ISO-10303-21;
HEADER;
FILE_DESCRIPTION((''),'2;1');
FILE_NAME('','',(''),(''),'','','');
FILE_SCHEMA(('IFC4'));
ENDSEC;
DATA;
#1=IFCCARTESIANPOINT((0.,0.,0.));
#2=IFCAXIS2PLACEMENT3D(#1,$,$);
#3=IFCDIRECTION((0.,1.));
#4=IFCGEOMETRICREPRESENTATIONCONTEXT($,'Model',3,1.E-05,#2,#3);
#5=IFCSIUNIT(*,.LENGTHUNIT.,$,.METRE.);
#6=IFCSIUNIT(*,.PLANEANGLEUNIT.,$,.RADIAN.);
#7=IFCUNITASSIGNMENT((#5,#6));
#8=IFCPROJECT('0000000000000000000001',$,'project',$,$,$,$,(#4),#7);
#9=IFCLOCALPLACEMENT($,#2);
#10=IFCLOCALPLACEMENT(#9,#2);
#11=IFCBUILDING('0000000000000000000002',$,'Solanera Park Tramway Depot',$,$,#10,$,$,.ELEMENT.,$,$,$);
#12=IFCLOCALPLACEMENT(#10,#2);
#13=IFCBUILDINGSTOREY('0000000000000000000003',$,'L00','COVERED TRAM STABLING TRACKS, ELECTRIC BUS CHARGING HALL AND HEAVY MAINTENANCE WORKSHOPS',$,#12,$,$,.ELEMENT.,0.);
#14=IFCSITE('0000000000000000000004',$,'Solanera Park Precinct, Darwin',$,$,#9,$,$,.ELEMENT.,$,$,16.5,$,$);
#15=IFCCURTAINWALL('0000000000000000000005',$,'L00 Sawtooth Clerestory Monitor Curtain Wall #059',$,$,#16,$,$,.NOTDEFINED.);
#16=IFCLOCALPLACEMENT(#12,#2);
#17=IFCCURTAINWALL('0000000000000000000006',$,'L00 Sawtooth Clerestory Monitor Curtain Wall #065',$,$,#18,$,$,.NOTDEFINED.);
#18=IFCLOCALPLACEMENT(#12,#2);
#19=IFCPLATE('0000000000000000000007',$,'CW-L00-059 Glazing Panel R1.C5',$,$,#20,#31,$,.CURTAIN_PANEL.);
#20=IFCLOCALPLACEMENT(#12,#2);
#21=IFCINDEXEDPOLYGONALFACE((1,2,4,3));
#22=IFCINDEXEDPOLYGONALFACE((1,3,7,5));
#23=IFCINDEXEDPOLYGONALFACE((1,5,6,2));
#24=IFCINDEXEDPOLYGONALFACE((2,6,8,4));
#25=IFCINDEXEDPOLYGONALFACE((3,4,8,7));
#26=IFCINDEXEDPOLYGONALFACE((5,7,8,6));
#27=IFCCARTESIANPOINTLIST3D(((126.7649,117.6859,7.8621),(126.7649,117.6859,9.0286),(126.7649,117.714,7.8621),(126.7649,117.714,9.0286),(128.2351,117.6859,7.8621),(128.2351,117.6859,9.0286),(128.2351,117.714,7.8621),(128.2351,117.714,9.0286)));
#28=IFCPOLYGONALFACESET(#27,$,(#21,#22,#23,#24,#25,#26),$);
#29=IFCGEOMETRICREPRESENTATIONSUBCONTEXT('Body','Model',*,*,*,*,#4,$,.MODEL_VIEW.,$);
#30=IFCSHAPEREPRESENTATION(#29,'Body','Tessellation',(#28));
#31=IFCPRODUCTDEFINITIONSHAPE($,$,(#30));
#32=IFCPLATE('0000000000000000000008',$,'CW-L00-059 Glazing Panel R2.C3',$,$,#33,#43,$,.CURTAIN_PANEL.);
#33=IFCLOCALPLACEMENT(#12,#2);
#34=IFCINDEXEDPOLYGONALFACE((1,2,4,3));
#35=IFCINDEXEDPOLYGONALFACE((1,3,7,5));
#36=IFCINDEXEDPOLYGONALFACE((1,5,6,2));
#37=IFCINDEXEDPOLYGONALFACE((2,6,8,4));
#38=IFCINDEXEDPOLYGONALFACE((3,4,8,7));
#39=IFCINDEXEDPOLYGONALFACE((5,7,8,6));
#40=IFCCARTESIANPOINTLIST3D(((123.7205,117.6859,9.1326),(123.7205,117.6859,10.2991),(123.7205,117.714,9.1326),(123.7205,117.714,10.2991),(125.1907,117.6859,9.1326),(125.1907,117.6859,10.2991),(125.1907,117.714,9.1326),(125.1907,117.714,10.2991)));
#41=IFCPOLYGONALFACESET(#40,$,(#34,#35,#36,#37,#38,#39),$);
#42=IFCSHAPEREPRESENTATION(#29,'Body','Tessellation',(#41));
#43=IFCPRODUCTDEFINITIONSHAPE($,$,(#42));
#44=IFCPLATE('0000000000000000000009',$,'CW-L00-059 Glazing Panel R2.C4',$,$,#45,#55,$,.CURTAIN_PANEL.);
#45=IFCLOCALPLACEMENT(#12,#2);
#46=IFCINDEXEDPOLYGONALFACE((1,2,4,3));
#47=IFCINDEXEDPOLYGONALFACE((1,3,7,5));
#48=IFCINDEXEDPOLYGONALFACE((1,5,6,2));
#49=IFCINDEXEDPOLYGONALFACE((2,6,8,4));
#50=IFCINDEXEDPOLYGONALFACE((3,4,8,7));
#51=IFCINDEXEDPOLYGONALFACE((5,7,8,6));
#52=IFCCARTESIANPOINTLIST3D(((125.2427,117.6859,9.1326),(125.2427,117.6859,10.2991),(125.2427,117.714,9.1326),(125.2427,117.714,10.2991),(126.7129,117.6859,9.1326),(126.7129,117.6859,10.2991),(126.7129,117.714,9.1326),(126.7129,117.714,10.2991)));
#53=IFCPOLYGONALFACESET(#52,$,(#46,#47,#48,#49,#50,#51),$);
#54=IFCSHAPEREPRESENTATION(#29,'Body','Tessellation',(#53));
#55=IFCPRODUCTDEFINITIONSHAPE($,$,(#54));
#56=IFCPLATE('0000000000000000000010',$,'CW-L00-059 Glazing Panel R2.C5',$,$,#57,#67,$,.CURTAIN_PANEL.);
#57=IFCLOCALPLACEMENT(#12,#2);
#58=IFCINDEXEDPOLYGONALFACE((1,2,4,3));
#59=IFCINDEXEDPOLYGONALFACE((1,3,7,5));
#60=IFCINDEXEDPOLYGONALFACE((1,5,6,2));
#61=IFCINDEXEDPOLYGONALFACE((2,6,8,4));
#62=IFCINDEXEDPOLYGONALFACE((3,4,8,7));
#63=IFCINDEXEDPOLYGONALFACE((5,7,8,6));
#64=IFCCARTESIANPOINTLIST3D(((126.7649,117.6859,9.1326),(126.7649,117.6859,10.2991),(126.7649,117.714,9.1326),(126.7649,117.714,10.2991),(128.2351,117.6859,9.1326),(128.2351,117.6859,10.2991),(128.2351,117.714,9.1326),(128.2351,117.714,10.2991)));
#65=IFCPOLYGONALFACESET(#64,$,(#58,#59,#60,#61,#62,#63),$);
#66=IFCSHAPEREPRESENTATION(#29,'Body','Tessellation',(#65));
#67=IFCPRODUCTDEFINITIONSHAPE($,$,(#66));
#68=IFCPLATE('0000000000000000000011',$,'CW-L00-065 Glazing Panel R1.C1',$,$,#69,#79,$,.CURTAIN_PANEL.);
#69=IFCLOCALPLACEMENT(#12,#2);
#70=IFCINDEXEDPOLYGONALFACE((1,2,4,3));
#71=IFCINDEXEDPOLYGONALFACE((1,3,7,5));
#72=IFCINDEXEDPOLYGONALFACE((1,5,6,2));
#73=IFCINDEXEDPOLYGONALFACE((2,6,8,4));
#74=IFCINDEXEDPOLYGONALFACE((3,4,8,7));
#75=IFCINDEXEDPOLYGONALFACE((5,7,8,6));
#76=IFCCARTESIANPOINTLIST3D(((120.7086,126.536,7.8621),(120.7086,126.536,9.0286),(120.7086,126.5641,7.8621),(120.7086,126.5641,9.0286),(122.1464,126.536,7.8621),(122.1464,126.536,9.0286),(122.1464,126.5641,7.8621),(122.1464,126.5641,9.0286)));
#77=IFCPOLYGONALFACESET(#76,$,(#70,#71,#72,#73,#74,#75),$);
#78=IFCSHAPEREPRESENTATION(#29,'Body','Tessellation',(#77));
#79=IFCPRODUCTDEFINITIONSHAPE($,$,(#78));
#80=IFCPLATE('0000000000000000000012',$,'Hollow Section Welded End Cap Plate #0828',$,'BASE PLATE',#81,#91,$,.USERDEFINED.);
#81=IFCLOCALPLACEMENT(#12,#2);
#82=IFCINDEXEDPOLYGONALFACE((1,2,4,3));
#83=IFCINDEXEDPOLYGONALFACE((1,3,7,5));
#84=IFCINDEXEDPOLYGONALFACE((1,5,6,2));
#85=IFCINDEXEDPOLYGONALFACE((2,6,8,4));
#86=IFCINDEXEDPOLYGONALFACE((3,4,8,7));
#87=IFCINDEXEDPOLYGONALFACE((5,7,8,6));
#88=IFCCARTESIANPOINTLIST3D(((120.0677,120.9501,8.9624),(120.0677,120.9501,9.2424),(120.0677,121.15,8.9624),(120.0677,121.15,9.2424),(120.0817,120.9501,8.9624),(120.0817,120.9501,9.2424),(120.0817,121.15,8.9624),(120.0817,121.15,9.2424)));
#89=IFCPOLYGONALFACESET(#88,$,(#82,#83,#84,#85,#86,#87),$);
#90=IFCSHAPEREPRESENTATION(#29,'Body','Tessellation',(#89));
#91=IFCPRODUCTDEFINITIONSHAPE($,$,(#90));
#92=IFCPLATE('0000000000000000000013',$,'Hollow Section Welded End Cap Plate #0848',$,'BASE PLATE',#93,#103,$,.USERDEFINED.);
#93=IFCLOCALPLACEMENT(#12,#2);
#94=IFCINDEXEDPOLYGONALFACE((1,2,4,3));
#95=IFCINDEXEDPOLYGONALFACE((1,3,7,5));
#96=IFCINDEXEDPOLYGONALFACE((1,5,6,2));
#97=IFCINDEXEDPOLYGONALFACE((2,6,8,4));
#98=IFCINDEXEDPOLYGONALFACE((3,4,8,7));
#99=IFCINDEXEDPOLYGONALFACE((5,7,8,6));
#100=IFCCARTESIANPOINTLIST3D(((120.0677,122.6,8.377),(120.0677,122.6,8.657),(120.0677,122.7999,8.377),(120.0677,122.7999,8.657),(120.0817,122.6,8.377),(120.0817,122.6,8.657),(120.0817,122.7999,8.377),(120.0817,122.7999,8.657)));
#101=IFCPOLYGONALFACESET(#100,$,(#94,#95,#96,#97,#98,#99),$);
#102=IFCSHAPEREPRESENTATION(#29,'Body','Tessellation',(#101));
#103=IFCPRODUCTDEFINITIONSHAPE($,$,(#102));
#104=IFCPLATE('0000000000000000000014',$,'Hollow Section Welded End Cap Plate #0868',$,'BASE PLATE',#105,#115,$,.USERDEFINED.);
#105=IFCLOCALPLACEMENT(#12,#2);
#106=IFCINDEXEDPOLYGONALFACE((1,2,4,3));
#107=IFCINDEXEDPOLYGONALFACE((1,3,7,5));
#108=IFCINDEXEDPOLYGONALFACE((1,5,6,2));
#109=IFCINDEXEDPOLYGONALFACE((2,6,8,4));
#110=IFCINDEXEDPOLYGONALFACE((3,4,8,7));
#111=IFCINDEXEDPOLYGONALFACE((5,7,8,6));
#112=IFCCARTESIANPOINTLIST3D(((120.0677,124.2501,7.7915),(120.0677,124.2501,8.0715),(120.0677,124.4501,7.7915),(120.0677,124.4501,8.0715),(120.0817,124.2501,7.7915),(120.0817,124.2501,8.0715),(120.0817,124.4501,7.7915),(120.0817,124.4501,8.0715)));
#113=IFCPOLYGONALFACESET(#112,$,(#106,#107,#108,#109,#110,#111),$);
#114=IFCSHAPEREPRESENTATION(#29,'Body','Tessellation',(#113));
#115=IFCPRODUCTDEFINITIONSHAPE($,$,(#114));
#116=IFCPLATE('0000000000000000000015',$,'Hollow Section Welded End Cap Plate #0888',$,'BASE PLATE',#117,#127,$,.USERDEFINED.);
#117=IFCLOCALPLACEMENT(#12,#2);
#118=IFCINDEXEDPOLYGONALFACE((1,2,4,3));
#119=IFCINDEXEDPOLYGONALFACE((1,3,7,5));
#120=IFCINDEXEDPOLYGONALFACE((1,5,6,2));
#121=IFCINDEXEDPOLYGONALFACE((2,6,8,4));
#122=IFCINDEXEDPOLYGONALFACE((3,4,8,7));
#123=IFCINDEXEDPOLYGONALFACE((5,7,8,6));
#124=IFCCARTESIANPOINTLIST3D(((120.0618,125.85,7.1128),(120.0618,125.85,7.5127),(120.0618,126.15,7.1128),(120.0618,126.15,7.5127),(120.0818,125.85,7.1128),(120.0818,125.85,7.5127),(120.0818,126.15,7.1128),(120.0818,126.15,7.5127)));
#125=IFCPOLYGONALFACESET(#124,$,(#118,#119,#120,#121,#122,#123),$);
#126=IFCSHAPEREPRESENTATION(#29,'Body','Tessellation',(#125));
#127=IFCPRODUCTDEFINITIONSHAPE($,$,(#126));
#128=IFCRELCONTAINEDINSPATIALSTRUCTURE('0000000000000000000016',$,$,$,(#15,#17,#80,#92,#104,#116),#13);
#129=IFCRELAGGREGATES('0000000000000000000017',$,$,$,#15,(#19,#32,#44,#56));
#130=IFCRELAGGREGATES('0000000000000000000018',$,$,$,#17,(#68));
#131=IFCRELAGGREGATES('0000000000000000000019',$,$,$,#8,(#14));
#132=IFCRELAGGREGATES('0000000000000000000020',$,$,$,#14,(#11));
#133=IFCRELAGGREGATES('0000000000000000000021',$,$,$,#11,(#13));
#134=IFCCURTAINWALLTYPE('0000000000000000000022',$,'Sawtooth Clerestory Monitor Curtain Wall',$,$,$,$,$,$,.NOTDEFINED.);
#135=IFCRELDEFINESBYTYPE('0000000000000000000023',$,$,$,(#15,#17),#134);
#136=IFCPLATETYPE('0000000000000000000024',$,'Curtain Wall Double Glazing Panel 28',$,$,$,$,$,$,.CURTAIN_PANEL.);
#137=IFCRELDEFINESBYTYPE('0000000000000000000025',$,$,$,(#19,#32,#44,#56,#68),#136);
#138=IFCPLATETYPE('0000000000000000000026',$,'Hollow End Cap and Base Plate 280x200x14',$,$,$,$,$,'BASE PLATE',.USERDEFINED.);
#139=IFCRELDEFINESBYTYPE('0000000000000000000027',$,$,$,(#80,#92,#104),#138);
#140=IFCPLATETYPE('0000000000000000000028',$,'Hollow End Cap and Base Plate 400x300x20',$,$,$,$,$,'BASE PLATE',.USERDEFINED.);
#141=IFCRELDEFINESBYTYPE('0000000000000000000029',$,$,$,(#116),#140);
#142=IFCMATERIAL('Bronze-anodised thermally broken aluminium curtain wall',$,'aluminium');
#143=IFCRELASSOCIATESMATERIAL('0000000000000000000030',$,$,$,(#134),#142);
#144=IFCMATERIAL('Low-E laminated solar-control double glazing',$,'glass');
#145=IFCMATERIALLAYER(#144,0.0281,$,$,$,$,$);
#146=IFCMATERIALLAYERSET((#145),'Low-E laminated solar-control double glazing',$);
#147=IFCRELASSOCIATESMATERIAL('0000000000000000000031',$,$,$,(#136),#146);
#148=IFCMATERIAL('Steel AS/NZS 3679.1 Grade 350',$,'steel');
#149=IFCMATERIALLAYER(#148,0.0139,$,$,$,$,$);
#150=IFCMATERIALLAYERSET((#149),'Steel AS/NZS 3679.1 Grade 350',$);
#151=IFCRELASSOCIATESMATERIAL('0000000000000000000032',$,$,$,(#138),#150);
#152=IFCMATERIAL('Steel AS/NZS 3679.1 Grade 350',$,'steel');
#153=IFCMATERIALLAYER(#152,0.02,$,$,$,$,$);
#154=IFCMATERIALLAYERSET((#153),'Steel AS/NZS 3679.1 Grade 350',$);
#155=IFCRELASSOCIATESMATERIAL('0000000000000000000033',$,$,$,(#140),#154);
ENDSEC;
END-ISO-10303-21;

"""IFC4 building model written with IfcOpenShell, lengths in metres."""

from ifc_helpers import new_model, si_unit, direction, frame, origin, origin_2d, place, context, subcontext, project, spatial, rectangle, extrude, material, layer, layer_set, type_object, element, aggregate, save


model = new_model("IFC4")

# Units and contexts
model_context = context("Model", 3, precision=1e-05, world=origin(), true_north=direction((0.0, 1.0)))
body_context = subcontext(model_context, "Body", "Model", "MODEL_VIEW")
ifc_project = project(units=[si_unit("LENGTHUNIT", "METRE"), si_unit("PLANEANGLEUNIT", "RADIAN")], contexts=[model_context])

# Site, building, storey
site_placement = place(None, origin())
site = spatial("IfcSite", under=ifc_project, at=site_placement, Name="Solanera Park Precinct, Darwin", CompositionType="ELEMENT", RefElevation=16.5)
building_placement = place(site_placement, origin())
building = spatial("IfcBuilding", under=site, at=building_placement, Name="Solanera Park Tramway Depot", CompositionType="ELEMENT")
storey_placement = place(building_placement, origin())
storey = spatial("IfcBuildingStorey", under=building, at=storey_placement, Name="L00", Description="COVERED TRAM STABLING TRACKS, ELECTRIC BUS CHARGING HALL AND HEAVY MAINTENANCE WORKSHOPS", CompositionType="ELEMENT", Elevation=0.0)

# Curtain wall
ifc_material_1 = material(Name="Bronze-anodised thermally broken aluminium curtain wall", Category="aluminium")
curtain_wall_type = type_object("IfcCurtainWallType", Name="Sawtooth Clerestory Monitor Curtain Wall", PredefinedType="NOTDEFINED", material=ifc_material_1)
curtain_wall_1_placement = place(storey_placement, origin())
curtain_wall_1 = element("IfcCurtainWall", 1, at=curtain_wall_1_placement, inside=storey, type_object=curtain_wall_type, Name="L00 Sawtooth Clerestory Monitor Curtain Wall #059", PredefinedType="NOTDEFINED")

# Curtain wall
curtain_wall_2_placement = place(storey_placement, origin())
curtain_wall_2 = element("IfcCurtainWall", 2, at=curtain_wall_2_placement, inside=storey, type_object=curtain_wall_type, Name="L00 Sawtooth Clerestory Monitor Curtain Wall #065", PredefinedType="NOTDEFINED")

# Plates
ifc_material_2 = material(Name="Low-E laminated solar-control double glazing", Category="glass")
ifc_layer_1 = layer(ifc_material_2, 0.0281)
ifc_layer_set_1 = layer_set([ifc_layer_1], Name="Low-E laminated solar-control double glazing")
plate_type_1 = type_object("IfcPlateType", Name="Curtain Wall Double Glazing Panel 28", PredefinedType="CURTAIN_PANEL", material=ifc_layer_set_1)
plate_1_placement = place(storey_placement, frame((127.5, 117.7, 7.8621), z_axis=(0.0, 0.0, 1.0), x_axis=(1.0, 0.0, 0.0)))
plate_1 = element("IfcPlate", 3, at=plate_1_placement, type_object=plate_type_1, Name="CW-L00-059 Glazing Panel R1.C5", PredefinedType="CURTAIN_PANEL", context=body_context, shape_type="SweptSolid", body=[
    extrude(rectangle(XDim=1.4702, YDim=0.0281, at=origin_2d()), origin(), (0.0, 0.0, 1.0), 1.1665),
])
plate_2_placement = place(storey_placement, frame((124.4556, 117.7, 9.1326), z_axis=(0.0, 0.0, 1.0), x_axis=(1.0, 0.0, 0.0)))
plate_2 = element("IfcPlate", 4, at=plate_2_placement, type_object=plate_type_1, Name="CW-L00-059 Glazing Panel R2.C3", PredefinedType="CURTAIN_PANEL", context=body_context, shape_type="SweptSolid", body=[
    extrude(rectangle(XDim=1.4702, YDim=0.0281, at=origin_2d()), origin(), (0.0, 0.0, 1.0), 1.1665),
])
plate_3_placement = place(storey_placement, frame((125.9778, 117.7, 9.1326), z_axis=(0.0, 0.0, 1.0), x_axis=(1.0, 0.0, 0.0)))
plate_3 = element("IfcPlate", 5, at=plate_3_placement, type_object=plate_type_1, Name="CW-L00-059 Glazing Panel R2.C4", PredefinedType="CURTAIN_PANEL", context=body_context, shape_type="SweptSolid", body=[
    extrude(rectangle(XDim=1.4702, YDim=0.0281, at=origin_2d()), origin(), (0.0, 0.0, 1.0), 1.1665),
])
plate_4_placement = place(storey_placement, frame((127.5, 117.7, 9.1326), z_axis=(0.0, 0.0, 1.0), x_axis=(1.0, 0.0, 0.0)))
plate_4 = element("IfcPlate", 6, at=plate_4_placement, type_object=plate_type_1, Name="CW-L00-059 Glazing Panel R2.C5", PredefinedType="CURTAIN_PANEL", context=body_context, shape_type="SweptSolid", body=[
    extrude(rectangle(XDim=1.4702, YDim=0.0281, at=origin_2d()), origin(), (0.0, 0.0, 1.0), 1.1665),
])
aggregate(curtain_wall_1, [plate_1, plate_2, plate_3, plate_4])
plate_5_placement = place(storey_placement, frame((121.4275, 126.55, 7.8621), z_axis=(0.0, 0.0, 1.0), x_axis=(1.0, 0.0, 0.0)))
plate_5 = element("IfcPlate", 7, at=plate_5_placement, type_object=plate_type_1, Name="CW-L00-065 Glazing Panel R1.C1", PredefinedType="CURTAIN_PANEL", context=body_context, shape_type="SweptSolid", body=[
    extrude(rectangle(XDim=1.4377, YDim=0.0281, at=origin_2d()), origin(), (0.0, 0.0, 1.0), 1.1665),
])
aggregate(curtain_wall_2, [plate_5])

# Plates
ifc_material_3 = material(Name="Steel AS/NZS 3679.1 Grade 350", Category="steel")
ifc_layer_2 = layer(ifc_material_3, 0.0139)
ifc_layer_set_2 = layer_set([ifc_layer_2], Name="Steel AS/NZS 3679.1 Grade 350")
plate_type_2 = type_object("IfcPlateType", Name="Hollow End Cap and Base Plate 280x200x14", ElementType="BASE PLATE", PredefinedType="USERDEFINED", material=ifc_layer_set_2)
for number, where, z_axis, x_axis, name in (
    (8, (120.0747, 121.05, 8.9624), (0.0, 0.0, 1.0), (1.0, 0.0, 0.0), "Hollow Section Welded End Cap Plate #0828"),
    (9, (120.0747, 122.7, 8.377), (0.0, 0.0, 1.0), (1.0, 0.0, 0.0), "Hollow Section Welded End Cap Plate #0848"),
    (10, (120.0747, 124.3501, 7.7915), (0.0, 0.0, 1.0), (1.0, 0.0, 0.0), "Hollow Section Welded End Cap Plate #0868"),
):
    element("IfcPlate", number, at=place(storey_placement, frame(where, z_axis=z_axis, x_axis=x_axis)), inside=storey, type_object=plate_type_2, Name=name, ObjectType="BASE PLATE", PredefinedType="USERDEFINED", context=body_context, shape_type="SweptSolid", body=[
        extrude(rectangle(XDim=0.0139, YDim=0.2, at=origin_2d()), origin(), (0.0, 0.0, 1.0), 0.28),
    ])
ifc_material_4 = material(Name="Steel AS/NZS 3679.1 Grade 350", Category="steel")
ifc_layer_3 = layer(ifc_material_4, 0.02)
ifc_layer_set_3 = layer_set([ifc_layer_3], Name="Steel AS/NZS 3679.1 Grade 350")
plate_type_3 = type_object("IfcPlateType", Name="Hollow End Cap and Base Plate 400x300x20", ElementType="BASE PLATE", PredefinedType="USERDEFINED", material=ifc_layer_set_3)
plate_6_placement = place(storey_placement, frame((120.0718, 126.0, 7.1128), z_axis=(0.0, 0.0, 1.0), x_axis=(1.0, 0.0, 0.0)))
element("IfcPlate", 11, at=plate_6_placement, inside=storey, type_object=plate_type_3, Name="Hollow Section Welded End Cap Plate #0888", ObjectType="BASE PLATE", PredefinedType="USERDEFINED", context=body_context, shape_type="SweptSolid", body=[
    extrude(rectangle(XDim=0.02, YDim=0.3, at=origin_2d()), origin(), (0.0, 0.0, 1.0), 0.3999),
])

save(model, "model.ifc")
